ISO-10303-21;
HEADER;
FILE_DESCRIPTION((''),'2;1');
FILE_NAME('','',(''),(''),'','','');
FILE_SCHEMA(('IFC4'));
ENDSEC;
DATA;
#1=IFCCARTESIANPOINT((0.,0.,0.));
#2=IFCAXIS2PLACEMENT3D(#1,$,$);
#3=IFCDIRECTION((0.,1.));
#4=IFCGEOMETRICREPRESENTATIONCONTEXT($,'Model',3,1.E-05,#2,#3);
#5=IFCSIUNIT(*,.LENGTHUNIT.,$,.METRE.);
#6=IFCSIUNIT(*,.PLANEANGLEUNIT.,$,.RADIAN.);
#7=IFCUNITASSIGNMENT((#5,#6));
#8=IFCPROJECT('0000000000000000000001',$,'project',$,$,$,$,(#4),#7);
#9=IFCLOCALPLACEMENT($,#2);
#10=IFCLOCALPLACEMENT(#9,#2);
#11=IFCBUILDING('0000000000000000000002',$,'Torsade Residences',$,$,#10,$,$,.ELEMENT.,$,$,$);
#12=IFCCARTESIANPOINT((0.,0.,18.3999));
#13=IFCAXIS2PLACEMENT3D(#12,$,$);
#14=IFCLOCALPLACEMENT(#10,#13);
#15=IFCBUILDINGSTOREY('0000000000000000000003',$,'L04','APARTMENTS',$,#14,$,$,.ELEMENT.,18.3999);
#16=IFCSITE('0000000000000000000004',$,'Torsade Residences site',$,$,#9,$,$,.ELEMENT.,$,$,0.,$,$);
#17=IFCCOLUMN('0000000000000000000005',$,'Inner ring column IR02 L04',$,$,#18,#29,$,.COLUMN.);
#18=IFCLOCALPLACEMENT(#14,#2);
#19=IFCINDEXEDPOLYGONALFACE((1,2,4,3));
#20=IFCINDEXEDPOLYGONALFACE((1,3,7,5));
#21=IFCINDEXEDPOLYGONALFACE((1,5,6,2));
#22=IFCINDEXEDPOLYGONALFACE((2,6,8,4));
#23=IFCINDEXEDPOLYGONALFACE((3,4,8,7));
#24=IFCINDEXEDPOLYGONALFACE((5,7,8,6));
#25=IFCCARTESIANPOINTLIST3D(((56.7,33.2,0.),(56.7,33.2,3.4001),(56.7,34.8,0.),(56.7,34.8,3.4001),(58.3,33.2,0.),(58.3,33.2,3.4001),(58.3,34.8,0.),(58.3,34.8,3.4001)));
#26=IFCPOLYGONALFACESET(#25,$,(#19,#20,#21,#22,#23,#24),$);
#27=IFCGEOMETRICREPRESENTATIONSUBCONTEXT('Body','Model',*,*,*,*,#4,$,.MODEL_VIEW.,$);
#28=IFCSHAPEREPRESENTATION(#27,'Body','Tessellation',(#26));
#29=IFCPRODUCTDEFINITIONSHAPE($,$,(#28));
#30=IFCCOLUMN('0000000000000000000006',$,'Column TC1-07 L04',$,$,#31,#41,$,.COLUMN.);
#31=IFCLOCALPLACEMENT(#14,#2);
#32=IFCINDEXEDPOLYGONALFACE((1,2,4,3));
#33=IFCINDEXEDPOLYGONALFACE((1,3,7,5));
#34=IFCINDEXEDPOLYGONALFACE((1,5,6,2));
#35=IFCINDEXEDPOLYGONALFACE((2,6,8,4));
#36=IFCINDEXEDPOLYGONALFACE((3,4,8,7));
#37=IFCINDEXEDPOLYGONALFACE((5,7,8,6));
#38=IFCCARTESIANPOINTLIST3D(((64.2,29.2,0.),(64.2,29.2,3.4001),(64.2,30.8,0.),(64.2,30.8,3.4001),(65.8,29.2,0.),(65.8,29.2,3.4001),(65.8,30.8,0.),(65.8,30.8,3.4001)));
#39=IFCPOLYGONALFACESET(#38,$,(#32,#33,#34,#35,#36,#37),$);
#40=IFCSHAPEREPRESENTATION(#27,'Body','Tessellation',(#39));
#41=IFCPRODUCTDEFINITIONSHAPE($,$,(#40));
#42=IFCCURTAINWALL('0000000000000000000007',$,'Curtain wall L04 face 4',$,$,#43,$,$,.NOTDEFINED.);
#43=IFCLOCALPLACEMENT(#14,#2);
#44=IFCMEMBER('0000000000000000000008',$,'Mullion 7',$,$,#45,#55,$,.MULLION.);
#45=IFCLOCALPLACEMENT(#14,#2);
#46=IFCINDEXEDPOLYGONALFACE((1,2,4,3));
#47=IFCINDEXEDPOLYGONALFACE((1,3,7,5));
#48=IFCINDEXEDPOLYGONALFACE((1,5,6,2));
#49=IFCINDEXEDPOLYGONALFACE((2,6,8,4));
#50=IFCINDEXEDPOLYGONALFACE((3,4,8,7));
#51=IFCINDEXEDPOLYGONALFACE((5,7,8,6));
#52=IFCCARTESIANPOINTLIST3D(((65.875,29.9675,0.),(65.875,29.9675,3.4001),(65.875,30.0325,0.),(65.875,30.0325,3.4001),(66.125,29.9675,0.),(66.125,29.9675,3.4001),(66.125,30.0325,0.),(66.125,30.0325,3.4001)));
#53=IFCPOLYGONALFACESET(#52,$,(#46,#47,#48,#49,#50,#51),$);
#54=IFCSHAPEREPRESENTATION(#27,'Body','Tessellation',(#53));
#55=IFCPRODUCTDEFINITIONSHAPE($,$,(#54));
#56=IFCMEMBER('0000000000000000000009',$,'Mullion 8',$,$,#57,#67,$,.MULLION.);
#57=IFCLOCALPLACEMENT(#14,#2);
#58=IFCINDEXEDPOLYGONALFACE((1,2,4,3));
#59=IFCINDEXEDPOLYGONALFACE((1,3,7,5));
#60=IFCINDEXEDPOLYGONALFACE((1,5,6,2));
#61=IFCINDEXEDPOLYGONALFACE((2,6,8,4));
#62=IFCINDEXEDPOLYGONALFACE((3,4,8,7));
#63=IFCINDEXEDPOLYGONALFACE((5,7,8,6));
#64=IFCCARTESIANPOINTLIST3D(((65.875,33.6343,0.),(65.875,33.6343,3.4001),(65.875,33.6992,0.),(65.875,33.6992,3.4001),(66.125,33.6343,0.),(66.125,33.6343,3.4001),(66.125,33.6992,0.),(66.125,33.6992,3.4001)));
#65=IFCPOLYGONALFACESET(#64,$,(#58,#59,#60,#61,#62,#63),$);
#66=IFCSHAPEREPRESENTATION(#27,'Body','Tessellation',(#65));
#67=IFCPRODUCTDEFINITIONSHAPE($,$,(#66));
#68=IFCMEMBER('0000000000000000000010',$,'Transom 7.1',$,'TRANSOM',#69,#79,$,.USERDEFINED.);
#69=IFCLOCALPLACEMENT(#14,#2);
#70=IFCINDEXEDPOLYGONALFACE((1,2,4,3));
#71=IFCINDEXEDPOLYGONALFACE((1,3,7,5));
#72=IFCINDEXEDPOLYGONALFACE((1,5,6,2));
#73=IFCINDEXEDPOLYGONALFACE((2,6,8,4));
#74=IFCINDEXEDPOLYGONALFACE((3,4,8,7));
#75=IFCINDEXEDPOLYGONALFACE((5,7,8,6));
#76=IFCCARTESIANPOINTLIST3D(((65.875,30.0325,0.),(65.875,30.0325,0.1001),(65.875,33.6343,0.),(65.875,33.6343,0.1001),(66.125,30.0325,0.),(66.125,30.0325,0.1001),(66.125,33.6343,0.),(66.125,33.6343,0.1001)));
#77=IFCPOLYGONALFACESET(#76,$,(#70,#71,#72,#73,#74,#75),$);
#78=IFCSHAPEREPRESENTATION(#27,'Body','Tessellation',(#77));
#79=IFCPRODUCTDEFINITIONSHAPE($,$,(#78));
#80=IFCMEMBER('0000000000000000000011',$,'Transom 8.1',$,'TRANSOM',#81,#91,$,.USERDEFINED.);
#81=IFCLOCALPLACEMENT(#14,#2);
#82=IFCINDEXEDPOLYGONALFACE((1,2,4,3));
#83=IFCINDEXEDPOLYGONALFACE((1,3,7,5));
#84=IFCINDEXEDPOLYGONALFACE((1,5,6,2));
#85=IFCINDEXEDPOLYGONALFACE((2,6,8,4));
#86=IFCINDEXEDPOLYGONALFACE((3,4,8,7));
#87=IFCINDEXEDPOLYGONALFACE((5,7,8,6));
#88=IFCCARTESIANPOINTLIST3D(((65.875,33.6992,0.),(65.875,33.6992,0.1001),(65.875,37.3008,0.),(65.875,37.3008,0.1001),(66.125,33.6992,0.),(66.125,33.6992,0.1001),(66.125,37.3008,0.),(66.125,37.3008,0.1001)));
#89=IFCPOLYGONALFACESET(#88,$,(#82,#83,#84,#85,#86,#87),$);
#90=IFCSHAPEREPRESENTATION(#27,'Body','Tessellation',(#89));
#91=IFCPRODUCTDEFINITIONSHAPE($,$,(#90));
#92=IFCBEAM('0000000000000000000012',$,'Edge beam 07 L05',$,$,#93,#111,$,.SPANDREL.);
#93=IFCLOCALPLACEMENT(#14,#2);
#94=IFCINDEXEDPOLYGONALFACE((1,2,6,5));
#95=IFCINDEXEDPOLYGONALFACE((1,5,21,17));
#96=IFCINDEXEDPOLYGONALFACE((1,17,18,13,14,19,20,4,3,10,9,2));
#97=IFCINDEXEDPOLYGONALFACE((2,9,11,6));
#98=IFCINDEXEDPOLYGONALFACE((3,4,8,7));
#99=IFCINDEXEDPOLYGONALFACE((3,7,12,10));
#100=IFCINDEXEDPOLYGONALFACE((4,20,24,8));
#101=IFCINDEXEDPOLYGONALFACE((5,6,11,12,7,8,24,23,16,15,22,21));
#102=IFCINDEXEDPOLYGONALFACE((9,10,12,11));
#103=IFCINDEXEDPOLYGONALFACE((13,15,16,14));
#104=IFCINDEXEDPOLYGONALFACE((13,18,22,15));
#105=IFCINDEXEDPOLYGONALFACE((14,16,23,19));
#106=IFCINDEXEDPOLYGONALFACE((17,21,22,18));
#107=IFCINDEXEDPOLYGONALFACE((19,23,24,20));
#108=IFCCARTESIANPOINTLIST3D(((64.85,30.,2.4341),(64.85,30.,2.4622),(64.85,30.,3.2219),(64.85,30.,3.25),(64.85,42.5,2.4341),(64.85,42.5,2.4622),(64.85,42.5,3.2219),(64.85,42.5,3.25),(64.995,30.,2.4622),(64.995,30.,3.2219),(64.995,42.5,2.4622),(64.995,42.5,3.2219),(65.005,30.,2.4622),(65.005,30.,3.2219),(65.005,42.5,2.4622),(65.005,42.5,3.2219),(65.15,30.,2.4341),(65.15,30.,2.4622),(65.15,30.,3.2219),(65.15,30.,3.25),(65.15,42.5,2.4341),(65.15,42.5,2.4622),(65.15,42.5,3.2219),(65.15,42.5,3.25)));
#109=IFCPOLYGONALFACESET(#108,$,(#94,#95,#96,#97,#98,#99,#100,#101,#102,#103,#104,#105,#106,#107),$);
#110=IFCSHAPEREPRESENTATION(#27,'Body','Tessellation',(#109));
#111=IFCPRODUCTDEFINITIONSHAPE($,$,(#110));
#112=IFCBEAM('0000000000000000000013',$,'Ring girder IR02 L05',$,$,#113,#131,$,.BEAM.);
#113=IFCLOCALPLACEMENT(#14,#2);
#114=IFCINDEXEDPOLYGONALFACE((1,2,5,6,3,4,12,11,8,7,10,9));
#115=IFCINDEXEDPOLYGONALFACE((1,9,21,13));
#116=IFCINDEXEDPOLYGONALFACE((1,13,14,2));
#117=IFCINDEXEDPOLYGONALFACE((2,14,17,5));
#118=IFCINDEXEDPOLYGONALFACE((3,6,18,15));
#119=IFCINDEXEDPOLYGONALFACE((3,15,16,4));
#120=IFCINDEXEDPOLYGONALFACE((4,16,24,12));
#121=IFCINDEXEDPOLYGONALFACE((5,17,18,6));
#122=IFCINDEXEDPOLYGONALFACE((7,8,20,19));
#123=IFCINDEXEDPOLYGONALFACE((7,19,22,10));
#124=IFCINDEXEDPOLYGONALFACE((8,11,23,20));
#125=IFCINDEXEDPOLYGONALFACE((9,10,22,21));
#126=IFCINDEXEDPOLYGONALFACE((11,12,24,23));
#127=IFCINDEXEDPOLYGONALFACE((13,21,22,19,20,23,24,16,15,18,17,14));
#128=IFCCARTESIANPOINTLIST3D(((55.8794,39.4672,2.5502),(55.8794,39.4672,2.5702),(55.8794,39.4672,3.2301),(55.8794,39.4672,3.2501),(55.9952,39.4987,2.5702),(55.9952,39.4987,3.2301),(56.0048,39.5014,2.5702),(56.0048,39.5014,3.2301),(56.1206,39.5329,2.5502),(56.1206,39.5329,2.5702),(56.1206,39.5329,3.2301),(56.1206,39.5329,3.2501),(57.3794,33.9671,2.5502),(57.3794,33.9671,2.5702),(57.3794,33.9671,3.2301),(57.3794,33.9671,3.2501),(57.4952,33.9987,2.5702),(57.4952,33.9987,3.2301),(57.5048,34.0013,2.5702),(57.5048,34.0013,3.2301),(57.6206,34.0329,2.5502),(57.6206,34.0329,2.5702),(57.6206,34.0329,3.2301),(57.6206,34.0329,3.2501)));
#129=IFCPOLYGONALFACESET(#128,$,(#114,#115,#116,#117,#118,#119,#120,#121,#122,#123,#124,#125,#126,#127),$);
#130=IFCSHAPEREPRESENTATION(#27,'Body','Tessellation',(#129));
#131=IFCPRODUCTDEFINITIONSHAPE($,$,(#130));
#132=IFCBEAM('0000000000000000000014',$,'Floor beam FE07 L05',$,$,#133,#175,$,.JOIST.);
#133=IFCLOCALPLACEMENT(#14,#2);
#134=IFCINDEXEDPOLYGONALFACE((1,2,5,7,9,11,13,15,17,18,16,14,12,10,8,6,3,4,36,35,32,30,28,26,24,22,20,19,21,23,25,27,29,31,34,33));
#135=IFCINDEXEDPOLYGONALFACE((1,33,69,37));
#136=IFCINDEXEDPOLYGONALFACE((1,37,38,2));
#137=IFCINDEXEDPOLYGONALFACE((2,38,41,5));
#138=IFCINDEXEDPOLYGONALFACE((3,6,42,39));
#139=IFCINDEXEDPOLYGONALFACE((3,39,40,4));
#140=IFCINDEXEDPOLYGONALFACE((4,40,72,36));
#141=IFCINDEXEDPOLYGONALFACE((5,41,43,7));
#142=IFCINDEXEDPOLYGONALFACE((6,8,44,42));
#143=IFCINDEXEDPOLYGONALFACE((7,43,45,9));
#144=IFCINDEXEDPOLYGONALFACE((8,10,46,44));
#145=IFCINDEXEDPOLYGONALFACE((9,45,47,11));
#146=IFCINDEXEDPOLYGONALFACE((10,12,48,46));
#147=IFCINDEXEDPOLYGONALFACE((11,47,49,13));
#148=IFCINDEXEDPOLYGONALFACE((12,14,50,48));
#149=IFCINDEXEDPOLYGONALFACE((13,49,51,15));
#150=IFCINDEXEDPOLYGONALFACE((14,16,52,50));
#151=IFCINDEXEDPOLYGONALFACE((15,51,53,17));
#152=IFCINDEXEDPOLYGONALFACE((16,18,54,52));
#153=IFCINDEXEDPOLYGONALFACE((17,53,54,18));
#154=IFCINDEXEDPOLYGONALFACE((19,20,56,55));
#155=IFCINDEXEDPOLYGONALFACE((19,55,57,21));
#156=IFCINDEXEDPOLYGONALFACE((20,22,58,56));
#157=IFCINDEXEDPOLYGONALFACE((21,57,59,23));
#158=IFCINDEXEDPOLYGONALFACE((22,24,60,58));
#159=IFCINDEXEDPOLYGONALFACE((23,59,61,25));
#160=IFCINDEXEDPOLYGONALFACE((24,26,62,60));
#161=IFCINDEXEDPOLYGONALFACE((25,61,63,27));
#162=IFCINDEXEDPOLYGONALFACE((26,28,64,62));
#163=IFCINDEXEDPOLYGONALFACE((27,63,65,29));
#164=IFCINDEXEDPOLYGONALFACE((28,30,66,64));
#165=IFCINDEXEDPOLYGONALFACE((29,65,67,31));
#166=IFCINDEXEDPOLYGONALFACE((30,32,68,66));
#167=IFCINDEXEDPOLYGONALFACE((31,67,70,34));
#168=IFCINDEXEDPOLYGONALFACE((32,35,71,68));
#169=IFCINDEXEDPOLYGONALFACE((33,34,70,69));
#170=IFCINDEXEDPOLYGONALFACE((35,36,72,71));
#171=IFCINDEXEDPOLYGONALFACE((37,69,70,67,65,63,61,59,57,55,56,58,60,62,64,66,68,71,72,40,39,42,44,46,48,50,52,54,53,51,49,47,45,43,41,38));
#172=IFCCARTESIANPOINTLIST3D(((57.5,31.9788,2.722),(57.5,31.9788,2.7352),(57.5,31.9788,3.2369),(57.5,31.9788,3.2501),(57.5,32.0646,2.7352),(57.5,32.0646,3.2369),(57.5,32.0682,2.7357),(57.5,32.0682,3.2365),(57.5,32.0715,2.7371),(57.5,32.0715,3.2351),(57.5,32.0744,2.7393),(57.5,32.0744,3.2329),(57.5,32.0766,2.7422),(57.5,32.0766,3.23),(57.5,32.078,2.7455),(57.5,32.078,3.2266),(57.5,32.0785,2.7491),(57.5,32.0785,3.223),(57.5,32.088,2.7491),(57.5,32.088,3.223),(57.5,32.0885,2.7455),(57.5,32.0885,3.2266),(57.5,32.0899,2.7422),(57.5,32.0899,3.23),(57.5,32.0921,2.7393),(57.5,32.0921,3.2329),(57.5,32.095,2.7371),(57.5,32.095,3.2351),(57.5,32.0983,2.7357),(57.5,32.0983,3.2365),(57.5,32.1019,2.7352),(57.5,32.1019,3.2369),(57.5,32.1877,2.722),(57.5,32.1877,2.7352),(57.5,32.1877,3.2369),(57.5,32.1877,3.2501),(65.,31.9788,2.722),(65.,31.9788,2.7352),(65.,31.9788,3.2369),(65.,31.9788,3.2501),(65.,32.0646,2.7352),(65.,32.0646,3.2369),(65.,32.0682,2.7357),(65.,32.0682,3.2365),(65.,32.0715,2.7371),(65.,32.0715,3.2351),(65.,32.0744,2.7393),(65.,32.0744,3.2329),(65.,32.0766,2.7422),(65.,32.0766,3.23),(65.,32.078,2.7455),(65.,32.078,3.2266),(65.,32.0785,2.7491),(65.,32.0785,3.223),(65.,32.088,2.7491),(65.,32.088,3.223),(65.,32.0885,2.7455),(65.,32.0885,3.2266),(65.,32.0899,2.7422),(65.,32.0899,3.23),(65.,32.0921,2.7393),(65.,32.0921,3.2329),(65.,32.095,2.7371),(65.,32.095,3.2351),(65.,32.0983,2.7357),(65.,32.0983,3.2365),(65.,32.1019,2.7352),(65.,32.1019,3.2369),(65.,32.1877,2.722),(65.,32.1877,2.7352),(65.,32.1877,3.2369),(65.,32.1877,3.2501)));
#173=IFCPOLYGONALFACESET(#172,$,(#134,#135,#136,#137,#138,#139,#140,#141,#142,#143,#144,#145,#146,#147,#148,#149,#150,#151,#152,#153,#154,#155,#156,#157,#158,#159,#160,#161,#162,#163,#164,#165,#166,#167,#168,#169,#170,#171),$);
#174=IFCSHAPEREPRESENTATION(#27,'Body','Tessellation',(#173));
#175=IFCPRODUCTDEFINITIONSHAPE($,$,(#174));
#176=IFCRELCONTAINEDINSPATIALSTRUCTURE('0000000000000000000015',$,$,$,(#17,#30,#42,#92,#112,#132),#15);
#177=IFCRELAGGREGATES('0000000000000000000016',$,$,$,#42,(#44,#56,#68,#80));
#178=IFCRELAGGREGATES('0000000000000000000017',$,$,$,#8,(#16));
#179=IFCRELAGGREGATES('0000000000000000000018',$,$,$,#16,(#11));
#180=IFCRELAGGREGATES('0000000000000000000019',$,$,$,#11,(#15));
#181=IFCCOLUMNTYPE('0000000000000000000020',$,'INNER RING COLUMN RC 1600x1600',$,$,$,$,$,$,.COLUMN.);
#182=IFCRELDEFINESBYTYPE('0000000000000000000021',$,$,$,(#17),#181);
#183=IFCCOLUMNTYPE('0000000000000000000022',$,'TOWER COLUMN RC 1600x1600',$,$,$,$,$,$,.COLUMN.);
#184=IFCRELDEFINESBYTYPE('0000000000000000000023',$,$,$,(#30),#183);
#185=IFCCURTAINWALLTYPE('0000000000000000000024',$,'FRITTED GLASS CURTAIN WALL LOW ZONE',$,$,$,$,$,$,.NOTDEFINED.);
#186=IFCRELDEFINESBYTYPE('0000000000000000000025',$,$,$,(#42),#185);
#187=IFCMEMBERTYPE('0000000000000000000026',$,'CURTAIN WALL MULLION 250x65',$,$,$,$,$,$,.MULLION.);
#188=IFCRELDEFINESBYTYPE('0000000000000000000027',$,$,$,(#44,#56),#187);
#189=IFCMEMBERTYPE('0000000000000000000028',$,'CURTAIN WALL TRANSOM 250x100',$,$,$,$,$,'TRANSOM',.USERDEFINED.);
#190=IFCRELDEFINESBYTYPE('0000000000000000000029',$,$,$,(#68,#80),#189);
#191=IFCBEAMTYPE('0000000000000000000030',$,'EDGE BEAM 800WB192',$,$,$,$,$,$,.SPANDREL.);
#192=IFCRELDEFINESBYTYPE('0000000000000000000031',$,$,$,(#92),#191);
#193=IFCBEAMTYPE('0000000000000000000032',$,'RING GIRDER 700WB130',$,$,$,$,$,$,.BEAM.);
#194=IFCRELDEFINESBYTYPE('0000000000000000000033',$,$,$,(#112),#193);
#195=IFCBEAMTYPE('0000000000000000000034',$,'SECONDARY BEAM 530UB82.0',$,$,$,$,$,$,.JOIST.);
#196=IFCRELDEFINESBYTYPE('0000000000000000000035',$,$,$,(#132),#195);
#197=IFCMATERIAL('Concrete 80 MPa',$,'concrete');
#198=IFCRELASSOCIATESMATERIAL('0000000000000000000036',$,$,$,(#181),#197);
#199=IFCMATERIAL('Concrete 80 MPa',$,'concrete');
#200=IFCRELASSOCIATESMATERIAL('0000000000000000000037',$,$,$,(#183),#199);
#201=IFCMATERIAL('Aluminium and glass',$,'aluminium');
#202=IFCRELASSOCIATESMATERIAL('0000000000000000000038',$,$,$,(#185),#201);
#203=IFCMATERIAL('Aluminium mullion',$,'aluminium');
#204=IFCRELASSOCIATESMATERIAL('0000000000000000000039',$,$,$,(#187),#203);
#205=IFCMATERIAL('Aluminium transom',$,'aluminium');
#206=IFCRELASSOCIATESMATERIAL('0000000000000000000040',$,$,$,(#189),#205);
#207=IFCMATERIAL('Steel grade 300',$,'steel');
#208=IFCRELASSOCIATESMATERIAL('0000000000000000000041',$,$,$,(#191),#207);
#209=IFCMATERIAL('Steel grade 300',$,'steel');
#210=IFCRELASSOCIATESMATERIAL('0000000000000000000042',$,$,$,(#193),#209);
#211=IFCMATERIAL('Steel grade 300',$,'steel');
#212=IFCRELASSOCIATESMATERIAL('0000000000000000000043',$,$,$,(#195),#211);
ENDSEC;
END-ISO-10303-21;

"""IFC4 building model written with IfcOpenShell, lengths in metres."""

from ifc_helpers import new_model, si_unit, direction, frame, origin, origin_2d, place, context, subcontext, project, spatial, rectangle, i_section, extrude, material, material_profile, profile_set, type_object, element, aggregate, save


model = new_model("IFC4")

# Units and contexts
model_context = context("Model", 3, precision=1e-05, world=origin(), true_north=direction((0.0, 1.0)))
body_context = subcontext(model_context, "Body", "Model", "MODEL_VIEW")
ifc_project = project(units=[si_unit("LENGTHUNIT", "METRE"), si_unit("PLANEANGLEUNIT", "RADIAN")], contexts=[model_context])

# Site, building, storey
site_placement = place(None, origin())
site = spatial("IfcSite", under=ifc_project, at=site_placement, Name="Torsade Residences site", CompositionType="ELEMENT", RefElevation=0.0)
building_placement = place(site_placement, origin())
building = spatial("IfcBuilding", under=site, at=building_placement, Name="Torsade Residences", CompositionType="ELEMENT")
storey_placement = place(building_placement, frame((0.0, 0.0, 18.3999)))
storey = spatial("IfcBuildingStorey", under=building, at=storey_placement, Name="L04", Description="APARTMENTS", CompositionType="ELEMENT", Elevation=18.3999)

# Columns
ifc_material_1 = material(Name="Concrete 80 MPa", Category="concrete")
ifc_material_profile_1 = material_profile(ifc_material_1, rectangle(XDim=1.6001, YDim=1.6001, at=origin_2d()), Name="RC 1600x1600")
ifc_profile_set_1 = profile_set([ifc_material_profile_1], Name="Concrete 80 MPa")
column_type_1 = type_object("IfcColumnType", Name="INNER RING COLUMN RC 1600x1600", PredefinedType="COLUMN", material=ifc_profile_set_1)
column_1_placement = place(storey_placement, frame((57.5, 34.0, 0.0), z_axis=(0.0, 0.0, 1.0), x_axis=(1.0, 0.0, 0.0)))
element("IfcColumn", 1, at=column_1_placement, inside=storey, type_object=column_type_1, Name="Inner ring column IR02 L04", PredefinedType="COLUMN", context=body_context, shape_type="SweptSolid", body=[
    extrude(rectangle(XDim=1.6001, YDim=1.6001, at=origin_2d()), origin(), (0.0, 0.0, 1.0), 3.4001),
])
ifc_material_2 = material(Name="Concrete 80 MPa", Category="concrete")
ifc_material_profile_2 = material_profile(ifc_material_2, rectangle(XDim=1.6001, YDim=1.6001, at=origin_2d()), Name="RC 1600x1600")
ifc_profile_set_2 = profile_set([ifc_material_profile_2], Name="Concrete 80 MPa")
column_type_2 = type_object("IfcColumnType", Name="TOWER COLUMN RC 1600x1600", PredefinedType="COLUMN", material=ifc_profile_set_2)
column_2_placement = place(storey_placement, frame((65.0, 30.0, 0.0), z_axis=(0.0, 0.0, 1.0), x_axis=(1.0, 0.0, 0.0)))
element("IfcColumn", 2, at=column_2_placement, inside=storey, type_object=column_type_2, Name="Column TC1-07 L04", PredefinedType="COLUMN", context=body_context, shape_type="SweptSolid", body=[
    extrude(rectangle(XDim=1.6001, YDim=1.6001, at=origin_2d()), origin(), (0.0, 0.0, 1.0), 3.4001),
])

# Curtain wall, members
ifc_material_3 = material(Name="Aluminium and glass", Category="aluminium")
curtain_wall_type = type_object("IfcCurtainWallType", Name="FRITTED GLASS CURTAIN WALL LOW ZONE", PredefinedType="NOTDEFINED", material=ifc_material_3)
curtain_wall_placement = place(storey_placement, origin())
curtain_wall = element("IfcCurtainWall", 3, at=curtain_wall_placement, inside=storey, type_object=curtain_wall_type, Name="Curtain wall L04 face 4", PredefinedType="NOTDEFINED")
ifc_material_4 = material(Name="Aluminium mullion", Category="aluminium")
ifc_material_profile_3 = material_profile(ifc_material_4, rectangle(XDim=0.25, YDim=0.0649, at=origin_2d()), Name="CURTAIN WALL MULLION 250x65")
ifc_profile_set_3 = profile_set([ifc_material_profile_3], Name="Aluminium mullion")
member_type_1 = type_object("IfcMemberType", Name="CURTAIN WALL MULLION 250x65", PredefinedType="MULLION", material=ifc_profile_set_3)
member_1_placement = place(storey_placement, frame((66.0, 30.0, 0.0), z_axis=(0.0, 0.0, 1.0), x_axis=(-1.0, 0.0, 0.0)))
member_1 = element("IfcMember", 4, at=member_1_placement, type_object=member_type_1, Name="Mullion 7", PredefinedType="MULLION", context=body_context, shape_type="SweptSolid", body=[
    extrude(rectangle(XDim=0.25, YDim=0.0649, at=origin_2d()), origin(), (0.0, 0.0, 1.0), 3.4001),
])
member_2_placement = place(storey_placement, frame((66.0, 33.6667, 0.0), z_axis=(0.0, 0.0, 1.0), x_axis=(-1.0, 0.0, 0.0)))
member_2 = element("IfcMember", 5, at=member_2_placement, type_object=member_type_1, Name="Mullion 8", PredefinedType="MULLION", context=body_context, shape_type="SweptSolid", body=[
    extrude(rectangle(XDim=0.25, YDim=0.0649, at=origin_2d()), origin(), (0.0, 0.0, 1.0), 3.4001),
])
ifc_material_5 = material(Name="Aluminium transom", Category="aluminium")
ifc_material_profile_4 = material_profile(ifc_material_5, rectangle(XDim=0.25, YDim=0.1001, at=origin_2d()), Name="CURTAIN WALL TRANSOM 250x100")
ifc_profile_set_4 = profile_set([ifc_material_profile_4], Name="Aluminium transom")
member_type_2 = type_object("IfcMemberType", Name="CURTAIN WALL TRANSOM 250x100", ElementType="TRANSOM", PredefinedType="USERDEFINED", material=ifc_profile_set_4)
member_3_placement = place(storey_placement, frame((66.0, 30.0325, 0.05), z_axis=(0.0, 1.0, 0.0), x_axis=(-1.0, 0.0, 0.0)))
member_3 = element("IfcMember", 6, at=member_3_placement, type_object=member_type_2, Name="Transom 7.1", ObjectType="TRANSOM", PredefinedType="USERDEFINED", context=body_context, shape_type="SweptSolid", body=[
    extrude(rectangle(XDim=0.25, YDim=0.1001, at=origin_2d()), origin(), (0.0, 0.0, 1.0), 3.6018),
])
member_4_placement = place(storey_placement, frame((66.0, 33.6992, 0.05), z_axis=(0.0, 1.0, 0.0), x_axis=(-1.0, 0.0, 0.0)))
member_4 = element("IfcMember", 7, at=member_4_placement, type_object=member_type_2, Name="Transom 8.1", ObjectType="TRANSOM", PredefinedType="USERDEFINED", context=body_context, shape_type="SweptSolid", body=[
    extrude(rectangle(XDim=0.25, YDim=0.1001, at=origin_2d()), origin(), (0.0, 0.0, 1.0), 3.6016),
])

# Beams
ifc_material_6 = material(Name="Steel grade 300", Category="steel")
ifc_material_profile_5 = material_profile(ifc_material_6, i_section(OverallWidth=0.3, OverallDepth=0.8159, WebThickness=0.01, FlangeThickness=0.0281, at=origin_2d()), Name="800WB192")
ifc_profile_set_5 = profile_set([ifc_material_profile_5], Name="Steel grade 300")
beam_type_1 = type_object("IfcBeamType", Name="EDGE BEAM 800WB192", PredefinedType="SPANDREL", material=ifc_profile_set_5)
beam_1_placement = place(storey_placement, frame((65.0, 30.0, 2.842), z_axis=(0.0, 1.0, 0.0), x_axis=(-1.0, 0.0, 0.0)))
element("IfcBeam", 8, at=beam_1_placement, inside=storey, type_object=beam_type_1, Name="Edge beam 07 L05", PredefinedType="SPANDREL", context=body_context, shape_type="SweptSolid", body=[
    extrude(i_section(OverallWidth=0.3, OverallDepth=0.8159, WebThickness=0.01, FlangeThickness=0.0281, at=origin_2d()), origin(), (0.0, 0.0, 1.0), 12.5),
])
ifc_material_7 = material(Name="Steel grade 300", Category="steel")
ifc_material_profile_6 = material_profile(ifc_material_7, i_section(OverallWidth=0.25, OverallDepth=0.7, WebThickness=0.01, FlangeThickness=0.02, at=origin_2d()), Name="700WB130")
ifc_profile_set_6 = profile_set([ifc_material_profile_6], Name="Steel grade 300")
beam_type_2 = type_object("IfcBeamType", Name="RING GIRDER 700WB130", PredefinedType="BEAM", material=ifc_profile_set_6)
beam_2_placement = place(storey_placement, frame((57.5, 34.0, 2.9001), z_axis=(-0.263117, 0.964764, 0.0), x_axis=(-0.964764, -0.263117, 0.0)))
element("IfcBeam", 9, at=beam_2_placement, inside=storey, type_object=beam_type_2, Name="Ring girder IR02 L05", PredefinedType="BEAM", context=body_context, shape_type="SweptSolid", body=[
    extrude(i_section(OverallWidth=0.25, OverallDepth=0.7, WebThickness=0.01, FlangeThickness=0.02, at=origin_2d()), origin(), (0.0, 0.0, 1.0), 5.7009),
])
ifc_material_8 = material(Name="Steel grade 300", Category="steel")
ifc_material_profile_7 = material_profile(ifc_material_8, i_section(OverallWidth=0.209, OverallDepth=0.5281, WebThickness=0.0095, FlangeThickness=0.0132, FilletRadius=0.0139, at=origin_2d()), Name="530UB82.0")
ifc_profile_set_7 = profile_set([ifc_material_profile_7], Name="Steel grade 300")
beam_type_3 = type_object("IfcBeamType", Name="SECONDARY BEAM 530UB82.0", PredefinedType="JOIST", material=ifc_profile_set_7)
beam_3_placement = place(storey_placement, frame((65.0, 32.0833, 2.9861), z_axis=(-1.0, 0.0, 0.0), x_axis=(0.0, -1.0, 0.0)))
element("IfcBeam", 10, at=beam_3_placement, inside=storey, type_object=beam_type_3, Name="Floor beam FE07 L05", PredefinedType="JOIST", context=body_context, shape_type="SweptSolid", body=[
    extrude(i_section(OverallWidth=0.209, OverallDepth=0.5281, WebThickness=0.0095, FlangeThickness=0.0132, FilletRadius=0.0139, at=origin_2d()), origin(), (0.0, 0.0, 1.0), 7.5),
])

aggregate(curtain_wall, [member_1, member_2, member_3, member_4])

save(model, "model.ifc")
